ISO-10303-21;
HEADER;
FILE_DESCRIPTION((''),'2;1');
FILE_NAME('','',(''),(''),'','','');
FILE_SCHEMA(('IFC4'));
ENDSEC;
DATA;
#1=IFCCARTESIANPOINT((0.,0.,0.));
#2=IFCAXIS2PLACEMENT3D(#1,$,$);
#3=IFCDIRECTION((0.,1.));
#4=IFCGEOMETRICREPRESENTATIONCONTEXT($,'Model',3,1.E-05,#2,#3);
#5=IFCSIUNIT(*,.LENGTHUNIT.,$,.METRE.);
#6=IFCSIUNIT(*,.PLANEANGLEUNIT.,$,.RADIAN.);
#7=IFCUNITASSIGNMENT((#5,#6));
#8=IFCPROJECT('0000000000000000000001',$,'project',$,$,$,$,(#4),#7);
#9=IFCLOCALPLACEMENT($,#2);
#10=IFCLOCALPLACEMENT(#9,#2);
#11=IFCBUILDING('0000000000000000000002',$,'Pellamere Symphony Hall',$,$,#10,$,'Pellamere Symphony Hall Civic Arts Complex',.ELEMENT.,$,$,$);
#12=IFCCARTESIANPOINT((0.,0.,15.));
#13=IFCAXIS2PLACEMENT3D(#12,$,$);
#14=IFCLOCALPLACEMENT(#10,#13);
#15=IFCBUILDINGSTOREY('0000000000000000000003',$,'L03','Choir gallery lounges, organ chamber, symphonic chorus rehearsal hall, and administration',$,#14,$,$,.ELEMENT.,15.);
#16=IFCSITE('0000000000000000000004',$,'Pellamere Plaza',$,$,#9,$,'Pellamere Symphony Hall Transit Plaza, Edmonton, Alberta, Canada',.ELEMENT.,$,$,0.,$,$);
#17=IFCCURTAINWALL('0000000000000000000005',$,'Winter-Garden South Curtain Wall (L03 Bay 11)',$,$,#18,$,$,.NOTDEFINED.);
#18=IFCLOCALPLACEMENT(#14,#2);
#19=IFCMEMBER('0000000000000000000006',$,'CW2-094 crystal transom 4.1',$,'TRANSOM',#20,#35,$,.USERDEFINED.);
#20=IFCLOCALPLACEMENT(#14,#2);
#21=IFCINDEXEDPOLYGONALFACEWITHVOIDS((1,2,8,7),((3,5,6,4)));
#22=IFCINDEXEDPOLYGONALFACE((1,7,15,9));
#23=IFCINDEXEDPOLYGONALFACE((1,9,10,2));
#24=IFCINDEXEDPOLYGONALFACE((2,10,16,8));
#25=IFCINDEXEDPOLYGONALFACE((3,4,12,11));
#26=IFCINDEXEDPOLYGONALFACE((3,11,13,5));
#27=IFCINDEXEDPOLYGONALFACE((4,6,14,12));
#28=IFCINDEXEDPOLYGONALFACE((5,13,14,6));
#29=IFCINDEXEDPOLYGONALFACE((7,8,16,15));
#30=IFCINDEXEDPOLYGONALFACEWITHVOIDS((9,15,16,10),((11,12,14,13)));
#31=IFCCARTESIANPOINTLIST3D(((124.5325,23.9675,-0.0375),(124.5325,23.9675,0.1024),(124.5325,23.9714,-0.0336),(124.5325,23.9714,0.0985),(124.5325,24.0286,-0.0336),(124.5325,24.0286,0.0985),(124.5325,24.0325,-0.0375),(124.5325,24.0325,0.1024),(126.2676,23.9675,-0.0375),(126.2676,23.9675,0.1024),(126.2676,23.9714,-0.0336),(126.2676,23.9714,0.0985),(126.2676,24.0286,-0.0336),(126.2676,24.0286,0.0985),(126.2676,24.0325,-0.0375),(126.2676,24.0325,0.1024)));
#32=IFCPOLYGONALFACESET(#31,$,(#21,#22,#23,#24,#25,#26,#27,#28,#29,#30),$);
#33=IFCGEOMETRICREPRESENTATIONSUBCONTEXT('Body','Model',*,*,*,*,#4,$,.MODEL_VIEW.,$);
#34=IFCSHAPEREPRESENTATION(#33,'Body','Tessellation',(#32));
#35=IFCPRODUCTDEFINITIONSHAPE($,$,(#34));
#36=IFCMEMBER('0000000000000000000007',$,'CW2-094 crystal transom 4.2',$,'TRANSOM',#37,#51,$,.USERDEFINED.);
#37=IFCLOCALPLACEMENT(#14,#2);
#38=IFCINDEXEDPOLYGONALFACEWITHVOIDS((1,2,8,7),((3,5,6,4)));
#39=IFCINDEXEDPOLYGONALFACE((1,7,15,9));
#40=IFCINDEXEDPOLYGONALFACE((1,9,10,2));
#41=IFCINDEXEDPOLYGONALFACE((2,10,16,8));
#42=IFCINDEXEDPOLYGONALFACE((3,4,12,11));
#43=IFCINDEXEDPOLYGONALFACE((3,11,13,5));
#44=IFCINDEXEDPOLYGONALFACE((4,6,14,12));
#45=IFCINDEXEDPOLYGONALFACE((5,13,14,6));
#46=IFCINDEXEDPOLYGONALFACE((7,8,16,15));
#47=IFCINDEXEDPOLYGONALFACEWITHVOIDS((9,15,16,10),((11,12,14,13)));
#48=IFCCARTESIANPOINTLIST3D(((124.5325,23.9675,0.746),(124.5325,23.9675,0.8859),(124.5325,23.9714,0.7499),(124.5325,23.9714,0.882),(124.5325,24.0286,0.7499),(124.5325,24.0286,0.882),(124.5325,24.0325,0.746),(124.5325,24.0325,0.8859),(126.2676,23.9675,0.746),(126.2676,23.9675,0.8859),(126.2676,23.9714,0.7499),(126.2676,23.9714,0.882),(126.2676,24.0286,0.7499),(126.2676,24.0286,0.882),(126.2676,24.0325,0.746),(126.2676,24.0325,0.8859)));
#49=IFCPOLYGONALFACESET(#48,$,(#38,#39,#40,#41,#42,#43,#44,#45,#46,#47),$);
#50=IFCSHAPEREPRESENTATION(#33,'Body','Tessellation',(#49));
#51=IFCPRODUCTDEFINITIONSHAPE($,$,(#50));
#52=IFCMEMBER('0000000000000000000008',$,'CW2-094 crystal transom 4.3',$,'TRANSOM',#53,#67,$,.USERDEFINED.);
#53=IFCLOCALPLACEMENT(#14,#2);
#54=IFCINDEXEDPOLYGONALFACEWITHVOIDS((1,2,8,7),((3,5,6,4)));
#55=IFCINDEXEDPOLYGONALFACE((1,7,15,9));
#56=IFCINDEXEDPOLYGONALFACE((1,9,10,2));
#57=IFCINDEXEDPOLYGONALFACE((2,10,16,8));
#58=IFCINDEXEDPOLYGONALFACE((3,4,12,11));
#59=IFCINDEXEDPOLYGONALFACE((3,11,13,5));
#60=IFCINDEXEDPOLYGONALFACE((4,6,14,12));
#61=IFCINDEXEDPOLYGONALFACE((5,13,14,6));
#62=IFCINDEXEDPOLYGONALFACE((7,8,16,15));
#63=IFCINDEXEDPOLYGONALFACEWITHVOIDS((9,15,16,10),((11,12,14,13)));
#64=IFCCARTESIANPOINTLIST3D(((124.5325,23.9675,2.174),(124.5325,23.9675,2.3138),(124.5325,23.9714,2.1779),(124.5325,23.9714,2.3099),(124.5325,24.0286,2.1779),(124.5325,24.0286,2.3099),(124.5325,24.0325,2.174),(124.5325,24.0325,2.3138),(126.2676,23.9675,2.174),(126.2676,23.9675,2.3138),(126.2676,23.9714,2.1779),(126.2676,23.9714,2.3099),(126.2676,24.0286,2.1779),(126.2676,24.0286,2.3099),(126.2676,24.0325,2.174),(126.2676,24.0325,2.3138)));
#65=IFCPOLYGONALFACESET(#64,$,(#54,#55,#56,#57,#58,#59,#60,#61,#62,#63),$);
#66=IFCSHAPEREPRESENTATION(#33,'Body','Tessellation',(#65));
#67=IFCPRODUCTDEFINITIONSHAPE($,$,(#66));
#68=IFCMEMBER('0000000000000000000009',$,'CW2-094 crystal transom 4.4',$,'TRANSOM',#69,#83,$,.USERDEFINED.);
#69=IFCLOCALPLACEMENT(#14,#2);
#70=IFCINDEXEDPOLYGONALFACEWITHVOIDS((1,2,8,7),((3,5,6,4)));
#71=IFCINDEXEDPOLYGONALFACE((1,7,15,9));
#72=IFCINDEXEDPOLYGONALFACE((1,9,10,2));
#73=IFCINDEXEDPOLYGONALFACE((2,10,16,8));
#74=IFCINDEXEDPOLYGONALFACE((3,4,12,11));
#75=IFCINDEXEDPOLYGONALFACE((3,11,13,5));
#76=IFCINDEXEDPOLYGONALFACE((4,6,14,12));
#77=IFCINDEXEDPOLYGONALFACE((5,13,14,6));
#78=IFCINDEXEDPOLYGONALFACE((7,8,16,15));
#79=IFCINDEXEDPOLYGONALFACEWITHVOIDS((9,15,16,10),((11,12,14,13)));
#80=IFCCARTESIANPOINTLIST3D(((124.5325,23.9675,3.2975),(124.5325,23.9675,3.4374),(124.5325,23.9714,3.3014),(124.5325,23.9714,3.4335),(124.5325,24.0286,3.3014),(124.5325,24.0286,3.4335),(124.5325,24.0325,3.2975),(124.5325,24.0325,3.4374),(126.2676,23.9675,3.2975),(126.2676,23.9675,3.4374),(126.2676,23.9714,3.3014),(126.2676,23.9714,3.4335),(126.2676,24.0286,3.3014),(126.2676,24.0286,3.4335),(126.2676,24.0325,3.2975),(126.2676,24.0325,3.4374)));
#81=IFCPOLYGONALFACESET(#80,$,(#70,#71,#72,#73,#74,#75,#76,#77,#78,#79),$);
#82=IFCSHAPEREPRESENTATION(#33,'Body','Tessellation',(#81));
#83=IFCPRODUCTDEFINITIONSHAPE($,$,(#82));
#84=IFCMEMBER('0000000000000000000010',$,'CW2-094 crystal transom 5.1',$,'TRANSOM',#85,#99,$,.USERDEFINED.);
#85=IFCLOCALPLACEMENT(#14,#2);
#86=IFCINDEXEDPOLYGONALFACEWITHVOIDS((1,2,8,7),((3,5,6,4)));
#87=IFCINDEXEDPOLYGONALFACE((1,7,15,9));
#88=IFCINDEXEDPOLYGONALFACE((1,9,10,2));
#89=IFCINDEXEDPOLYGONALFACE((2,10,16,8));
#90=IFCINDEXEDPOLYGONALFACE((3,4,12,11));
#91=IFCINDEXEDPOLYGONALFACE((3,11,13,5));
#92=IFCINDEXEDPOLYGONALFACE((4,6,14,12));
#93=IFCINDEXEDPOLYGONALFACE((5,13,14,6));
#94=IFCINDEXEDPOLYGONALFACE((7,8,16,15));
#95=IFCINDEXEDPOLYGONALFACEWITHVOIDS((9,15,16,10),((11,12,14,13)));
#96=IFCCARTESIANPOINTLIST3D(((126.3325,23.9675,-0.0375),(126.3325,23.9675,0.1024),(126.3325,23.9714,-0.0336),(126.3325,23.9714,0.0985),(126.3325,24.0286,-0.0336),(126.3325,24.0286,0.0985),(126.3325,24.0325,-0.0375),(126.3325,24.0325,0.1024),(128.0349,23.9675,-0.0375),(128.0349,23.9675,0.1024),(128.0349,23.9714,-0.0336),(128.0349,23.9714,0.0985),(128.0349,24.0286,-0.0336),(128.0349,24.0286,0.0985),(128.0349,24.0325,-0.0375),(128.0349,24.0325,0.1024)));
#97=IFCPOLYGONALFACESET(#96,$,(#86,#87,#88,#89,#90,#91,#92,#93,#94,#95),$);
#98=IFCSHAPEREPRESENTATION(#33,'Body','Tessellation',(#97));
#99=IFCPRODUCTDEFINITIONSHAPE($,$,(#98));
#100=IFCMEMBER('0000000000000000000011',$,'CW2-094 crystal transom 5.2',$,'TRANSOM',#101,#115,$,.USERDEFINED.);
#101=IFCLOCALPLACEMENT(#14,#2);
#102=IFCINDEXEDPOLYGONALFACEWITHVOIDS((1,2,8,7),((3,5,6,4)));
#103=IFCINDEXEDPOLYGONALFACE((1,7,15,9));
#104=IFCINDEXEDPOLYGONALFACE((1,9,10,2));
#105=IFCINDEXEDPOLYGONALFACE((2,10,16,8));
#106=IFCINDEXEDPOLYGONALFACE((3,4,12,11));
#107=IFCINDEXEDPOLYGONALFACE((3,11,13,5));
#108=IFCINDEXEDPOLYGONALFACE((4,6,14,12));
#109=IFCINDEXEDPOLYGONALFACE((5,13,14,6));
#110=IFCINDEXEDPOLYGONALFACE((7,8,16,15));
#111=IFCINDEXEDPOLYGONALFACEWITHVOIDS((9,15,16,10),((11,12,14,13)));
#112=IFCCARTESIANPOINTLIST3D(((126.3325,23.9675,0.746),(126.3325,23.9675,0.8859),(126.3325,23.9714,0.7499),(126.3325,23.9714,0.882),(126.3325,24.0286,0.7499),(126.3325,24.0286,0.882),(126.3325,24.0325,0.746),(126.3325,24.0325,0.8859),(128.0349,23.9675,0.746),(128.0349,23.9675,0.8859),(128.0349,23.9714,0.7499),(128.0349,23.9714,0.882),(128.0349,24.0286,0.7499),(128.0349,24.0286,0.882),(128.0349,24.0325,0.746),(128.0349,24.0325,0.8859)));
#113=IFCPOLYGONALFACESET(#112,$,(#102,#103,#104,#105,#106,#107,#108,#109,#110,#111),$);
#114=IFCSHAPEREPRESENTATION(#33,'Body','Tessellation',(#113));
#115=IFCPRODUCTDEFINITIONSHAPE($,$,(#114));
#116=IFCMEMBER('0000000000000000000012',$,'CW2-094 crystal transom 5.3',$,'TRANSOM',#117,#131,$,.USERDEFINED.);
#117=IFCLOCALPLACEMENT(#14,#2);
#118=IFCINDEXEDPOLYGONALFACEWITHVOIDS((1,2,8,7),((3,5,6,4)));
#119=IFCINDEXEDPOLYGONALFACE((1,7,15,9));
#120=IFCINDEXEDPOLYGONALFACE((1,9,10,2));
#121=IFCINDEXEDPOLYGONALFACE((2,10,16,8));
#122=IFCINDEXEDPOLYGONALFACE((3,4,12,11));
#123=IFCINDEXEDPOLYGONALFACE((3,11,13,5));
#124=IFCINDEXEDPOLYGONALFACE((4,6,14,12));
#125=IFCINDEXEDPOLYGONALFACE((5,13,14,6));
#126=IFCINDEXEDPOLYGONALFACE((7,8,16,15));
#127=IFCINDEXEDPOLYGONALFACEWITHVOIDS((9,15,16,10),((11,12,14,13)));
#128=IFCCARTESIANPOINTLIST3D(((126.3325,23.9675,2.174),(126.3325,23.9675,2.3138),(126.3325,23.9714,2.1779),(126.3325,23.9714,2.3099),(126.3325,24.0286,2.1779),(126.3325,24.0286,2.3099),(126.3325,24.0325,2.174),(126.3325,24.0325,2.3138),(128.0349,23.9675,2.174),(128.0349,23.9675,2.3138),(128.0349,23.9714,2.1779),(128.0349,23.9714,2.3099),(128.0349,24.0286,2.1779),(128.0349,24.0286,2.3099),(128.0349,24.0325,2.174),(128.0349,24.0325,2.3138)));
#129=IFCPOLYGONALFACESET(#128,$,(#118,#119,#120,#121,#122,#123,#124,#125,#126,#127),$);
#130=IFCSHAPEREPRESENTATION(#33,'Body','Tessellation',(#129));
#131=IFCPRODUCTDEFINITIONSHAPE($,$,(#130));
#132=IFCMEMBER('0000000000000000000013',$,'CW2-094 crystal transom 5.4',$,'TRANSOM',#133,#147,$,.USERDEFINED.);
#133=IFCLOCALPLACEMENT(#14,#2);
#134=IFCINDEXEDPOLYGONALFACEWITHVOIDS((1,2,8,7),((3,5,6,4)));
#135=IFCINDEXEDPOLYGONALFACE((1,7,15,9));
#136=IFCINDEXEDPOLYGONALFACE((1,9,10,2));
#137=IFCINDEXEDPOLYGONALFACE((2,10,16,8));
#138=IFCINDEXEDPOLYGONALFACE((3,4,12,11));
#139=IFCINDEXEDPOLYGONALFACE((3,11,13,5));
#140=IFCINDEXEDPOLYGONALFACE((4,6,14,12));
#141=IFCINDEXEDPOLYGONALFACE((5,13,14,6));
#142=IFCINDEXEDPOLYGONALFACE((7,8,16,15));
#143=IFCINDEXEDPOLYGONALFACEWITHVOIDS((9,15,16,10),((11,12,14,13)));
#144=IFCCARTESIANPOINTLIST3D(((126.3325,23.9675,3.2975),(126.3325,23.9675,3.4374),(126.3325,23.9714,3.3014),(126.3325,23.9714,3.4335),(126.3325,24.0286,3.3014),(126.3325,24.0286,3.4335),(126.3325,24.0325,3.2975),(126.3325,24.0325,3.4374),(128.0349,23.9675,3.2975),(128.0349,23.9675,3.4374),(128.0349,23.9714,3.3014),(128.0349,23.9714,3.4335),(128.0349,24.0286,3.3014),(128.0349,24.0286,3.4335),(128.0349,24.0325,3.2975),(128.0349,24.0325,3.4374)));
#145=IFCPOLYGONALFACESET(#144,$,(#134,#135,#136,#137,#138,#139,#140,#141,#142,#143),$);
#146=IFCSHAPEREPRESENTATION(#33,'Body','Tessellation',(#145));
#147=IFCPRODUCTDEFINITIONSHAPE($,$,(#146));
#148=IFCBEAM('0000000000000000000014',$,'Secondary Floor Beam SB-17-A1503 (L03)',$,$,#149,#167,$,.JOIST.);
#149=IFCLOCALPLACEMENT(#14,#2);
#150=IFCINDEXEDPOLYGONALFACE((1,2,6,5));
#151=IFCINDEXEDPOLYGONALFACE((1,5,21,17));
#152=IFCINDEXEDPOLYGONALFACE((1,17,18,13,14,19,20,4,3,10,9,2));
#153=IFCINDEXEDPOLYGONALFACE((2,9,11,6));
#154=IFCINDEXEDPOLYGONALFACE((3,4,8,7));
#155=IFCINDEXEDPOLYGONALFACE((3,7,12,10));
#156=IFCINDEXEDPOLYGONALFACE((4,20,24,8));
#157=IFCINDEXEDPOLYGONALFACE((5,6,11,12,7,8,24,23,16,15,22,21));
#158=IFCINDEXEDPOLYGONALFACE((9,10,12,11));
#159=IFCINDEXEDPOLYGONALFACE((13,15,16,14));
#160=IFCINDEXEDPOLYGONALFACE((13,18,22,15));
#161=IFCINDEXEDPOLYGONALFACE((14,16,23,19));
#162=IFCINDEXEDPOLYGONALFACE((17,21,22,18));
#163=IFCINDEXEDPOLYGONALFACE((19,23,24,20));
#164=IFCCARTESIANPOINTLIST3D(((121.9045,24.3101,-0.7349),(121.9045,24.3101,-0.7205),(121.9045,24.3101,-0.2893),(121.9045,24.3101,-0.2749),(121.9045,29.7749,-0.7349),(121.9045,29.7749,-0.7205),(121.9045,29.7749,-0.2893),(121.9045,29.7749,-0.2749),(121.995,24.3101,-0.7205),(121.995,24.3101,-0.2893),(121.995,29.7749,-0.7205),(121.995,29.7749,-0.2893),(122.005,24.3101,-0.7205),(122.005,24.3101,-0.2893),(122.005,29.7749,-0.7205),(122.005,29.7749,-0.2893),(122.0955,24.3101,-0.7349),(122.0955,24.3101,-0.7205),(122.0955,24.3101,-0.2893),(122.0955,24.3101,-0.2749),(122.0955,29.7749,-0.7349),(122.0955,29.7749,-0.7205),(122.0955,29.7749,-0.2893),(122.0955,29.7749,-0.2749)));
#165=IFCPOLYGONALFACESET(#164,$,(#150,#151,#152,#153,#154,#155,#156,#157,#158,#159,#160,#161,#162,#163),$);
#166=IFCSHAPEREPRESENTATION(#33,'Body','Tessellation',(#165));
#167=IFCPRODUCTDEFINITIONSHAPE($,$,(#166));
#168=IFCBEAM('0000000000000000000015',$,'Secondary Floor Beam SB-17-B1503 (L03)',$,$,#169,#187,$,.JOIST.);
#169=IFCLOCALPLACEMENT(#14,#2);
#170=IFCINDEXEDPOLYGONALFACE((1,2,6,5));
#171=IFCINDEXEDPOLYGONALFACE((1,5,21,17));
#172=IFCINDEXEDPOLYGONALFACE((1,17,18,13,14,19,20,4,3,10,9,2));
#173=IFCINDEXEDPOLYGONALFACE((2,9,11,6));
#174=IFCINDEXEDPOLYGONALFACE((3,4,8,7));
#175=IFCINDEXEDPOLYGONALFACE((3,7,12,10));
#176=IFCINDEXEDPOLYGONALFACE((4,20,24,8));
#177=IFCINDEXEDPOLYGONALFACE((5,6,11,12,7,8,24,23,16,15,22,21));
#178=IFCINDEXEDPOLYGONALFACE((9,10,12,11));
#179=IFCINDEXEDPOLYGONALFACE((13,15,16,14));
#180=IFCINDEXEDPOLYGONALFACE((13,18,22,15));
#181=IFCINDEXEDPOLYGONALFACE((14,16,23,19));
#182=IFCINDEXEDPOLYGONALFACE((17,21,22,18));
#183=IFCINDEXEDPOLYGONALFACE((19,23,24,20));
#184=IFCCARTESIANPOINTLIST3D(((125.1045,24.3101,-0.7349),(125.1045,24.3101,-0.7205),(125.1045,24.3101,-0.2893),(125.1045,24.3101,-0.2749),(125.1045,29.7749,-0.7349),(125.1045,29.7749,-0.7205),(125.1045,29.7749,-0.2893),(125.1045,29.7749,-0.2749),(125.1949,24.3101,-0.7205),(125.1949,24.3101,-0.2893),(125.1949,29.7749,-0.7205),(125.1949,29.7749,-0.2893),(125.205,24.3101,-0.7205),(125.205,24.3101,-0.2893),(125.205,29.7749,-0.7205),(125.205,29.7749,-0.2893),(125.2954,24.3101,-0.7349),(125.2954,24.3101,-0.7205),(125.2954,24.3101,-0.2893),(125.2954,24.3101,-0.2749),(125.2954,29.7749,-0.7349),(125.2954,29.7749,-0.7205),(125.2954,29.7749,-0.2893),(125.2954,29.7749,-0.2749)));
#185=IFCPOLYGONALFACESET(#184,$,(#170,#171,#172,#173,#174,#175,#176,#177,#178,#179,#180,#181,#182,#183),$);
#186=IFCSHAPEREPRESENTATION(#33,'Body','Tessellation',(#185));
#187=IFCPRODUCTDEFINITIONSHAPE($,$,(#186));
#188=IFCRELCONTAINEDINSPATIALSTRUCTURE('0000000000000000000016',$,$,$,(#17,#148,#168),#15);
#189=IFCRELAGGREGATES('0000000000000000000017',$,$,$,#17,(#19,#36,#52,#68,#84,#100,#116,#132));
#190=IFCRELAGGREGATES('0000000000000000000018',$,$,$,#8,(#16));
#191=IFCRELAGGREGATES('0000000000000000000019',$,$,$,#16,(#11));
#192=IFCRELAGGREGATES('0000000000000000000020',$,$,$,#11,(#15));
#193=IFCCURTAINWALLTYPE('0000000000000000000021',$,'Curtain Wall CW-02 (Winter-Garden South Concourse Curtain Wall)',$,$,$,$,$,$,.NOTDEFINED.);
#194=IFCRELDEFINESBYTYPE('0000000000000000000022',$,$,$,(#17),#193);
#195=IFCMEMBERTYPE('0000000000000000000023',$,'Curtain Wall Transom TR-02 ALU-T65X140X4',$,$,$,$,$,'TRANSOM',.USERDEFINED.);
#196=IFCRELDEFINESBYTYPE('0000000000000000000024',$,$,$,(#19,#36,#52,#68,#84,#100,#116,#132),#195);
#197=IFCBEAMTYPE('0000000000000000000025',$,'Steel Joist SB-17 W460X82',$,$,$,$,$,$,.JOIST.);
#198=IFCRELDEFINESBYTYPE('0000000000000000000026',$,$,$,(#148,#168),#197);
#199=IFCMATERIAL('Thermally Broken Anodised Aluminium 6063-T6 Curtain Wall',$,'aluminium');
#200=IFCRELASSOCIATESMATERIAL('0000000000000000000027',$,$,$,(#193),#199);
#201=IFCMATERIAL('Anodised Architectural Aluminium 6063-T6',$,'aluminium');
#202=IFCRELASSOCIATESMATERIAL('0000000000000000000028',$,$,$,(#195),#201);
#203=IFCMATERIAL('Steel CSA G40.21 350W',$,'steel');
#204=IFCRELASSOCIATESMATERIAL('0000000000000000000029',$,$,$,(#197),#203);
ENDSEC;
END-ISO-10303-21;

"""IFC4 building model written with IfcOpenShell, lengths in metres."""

from ifc_helpers import new_model, si_unit, direction, frame, origin, origin_2d, place, context, subcontext, project, spatial, hollow_rectangle, i_section, extrude, material, material_profile, profile_set, type_object, element, aggregate, save


model = new_model("IFC4")

# Units and contexts
model_context = context("Model", 3, precision=1e-05, world=origin(), true_north=direction((0.0, 1.0)))
body_context = subcontext(model_context, "Body", "Model", "MODEL_VIEW")
ifc_project = project(units=[si_unit("LENGTHUNIT", "METRE"), si_unit("PLANEANGLEUNIT", "RADIAN")], contexts=[model_context])

# Site, building, storey
site_placement = place(None, origin())
site = spatial("IfcSite", under=ifc_project, at=site_placement, Name="Pellamere Plaza", LongName="Pellamere Symphony Hall Transit Plaza, Edmonton, Alberta, Canada", CompositionType="ELEMENT", RefElevation=0.0)
building_placement = place(site_placement, origin())
building = spatial("IfcBuilding", under=site, at=building_placement, Name="Pellamere Symphony Hall", LongName="Pellamere Symphony Hall Civic Arts Complex", CompositionType="ELEMENT")
storey_placement = place(building_placement, frame((0.0, 0.0, 15.0)))
storey = spatial("IfcBuildingStorey", under=building, at=storey_placement, Name="L03", Description="Choir gallery lounges, organ chamber, symphonic chorus rehearsal hall, and administration", CompositionType="ELEMENT", Elevation=15.0)

# Curtain wall
ifc_material_1 = material(Name="Thermally Broken Anodised Aluminium 6063-T6 Curtain Wall", Category="aluminium")
curtain_wall_type_1 = type_object("IfcCurtainWallType", Name="Curtain Wall CW-02 (Winter-Garden South Concourse Curtain Wall)", PredefinedType="NOTDEFINED", material=ifc_material_1)
curtain_wall_1_placement = place(storey_placement, origin())
curtain_wall_1 = element("IfcCurtainWall", 1, at=curtain_wall_1_placement, inside=storey, type_object=curtain_wall_type_1, Name="Winter-Garden South Curtain Wall (L03 Bay 11)", PredefinedType="NOTDEFINED")
ifc_material_2 = material(Name="Anodised Architectural Aluminium 6063-T6", Category="aluminium")

# Members
ifc_material_profile_1 = material_profile(ifc_material_2, hollow_rectangle(XDim=0.0649, YDim=0.1399, WallThickness=0.0039, at=origin_2d()), Name="ALU-T65X140X4")
ifc_profile_set_1 = profile_set([ifc_material_profile_1], Name="Anodised Architectural Aluminium 6063-T6")
member_type_1 = type_object("IfcMemberType", Name="Curtain Wall Transom TR-02 ALU-T65X140X4", ElementType="TRANSOM", PredefinedType="USERDEFINED", material=ifc_profile_set_1)
member_1_placement = place(storey_placement, frame((124.5325, 24.0, 0.0325), z_axis=(1.0, 0.0, 0.0), x_axis=(0.0, 1.0, 0.0)))
member_1 = element("IfcMember", 2, at=member_1_placement, type_object=member_type_1, Name="CW2-094 crystal transom 4.1", ObjectType="TRANSOM", PredefinedType="USERDEFINED", context=body_context, shape_type="SweptSolid", body=[
    extrude(hollow_rectangle(XDim=0.0649, YDim=0.1399, WallThickness=0.0039, at=origin_2d()), origin(), (0.0, 0.0, 1.0), 1.7351),
])
member_2_placement = place(storey_placement, frame((124.5325, 24.0, 0.8159), z_axis=(1.0, 0.0, 0.0), x_axis=(0.0, 1.0, 0.0)))
member_2 = element("IfcMember", 3, at=member_2_placement, type_object=member_type_1, Name="CW2-094 crystal transom 4.2", ObjectType="TRANSOM", PredefinedType="USERDEFINED", context=body_context, shape_type="SweptSolid", body=[
    extrude(hollow_rectangle(XDim=0.0649, YDim=0.1399, WallThickness=0.0039, at=origin_2d()), origin(), (0.0, 0.0, 1.0), 1.7351),
])
member_3_placement = place(storey_placement, frame((124.5325, 24.0, 2.2439), z_axis=(1.0, 0.0, 0.0), x_axis=(0.0, 1.0, 0.0)))
member_3 = element("IfcMember", 4, at=member_3_placement, type_object=member_type_1, Name="CW2-094 crystal transom 4.3", ObjectType="TRANSOM", PredefinedType="USERDEFINED", context=body_context, shape_type="SweptSolid", body=[
    extrude(hollow_rectangle(XDim=0.0649, YDim=0.1399, WallThickness=0.0039, at=origin_2d()), origin(), (0.0, 0.0, 1.0), 1.7351),
])
member_4_placement = place(storey_placement, frame((124.5325, 24.0, 3.3674), z_axis=(1.0, 0.0, 0.0), x_axis=(0.0, 1.0, 0.0)))
member_4 = element("IfcMember", 5, at=member_4_placement, type_object=member_type_1, Name="CW2-094 crystal transom 4.4", ObjectType="TRANSOM", PredefinedType="USERDEFINED", context=body_context, shape_type="SweptSolid", body=[
    extrude(hollow_rectangle(XDim=0.0649, YDim=0.1399, WallThickness=0.0039, at=origin_2d()), origin(), (0.0, 0.0, 1.0), 1.7351),
])
member_5_placement = place(storey_placement, frame((126.3325, 24.0, 0.0325), z_axis=(1.0, 0.0, 0.0), x_axis=(0.0, 1.0, 0.0)))
member_5 = element("IfcMember", 6, at=member_5_placement, type_object=member_type_1, Name="CW2-094 crystal transom 5.1", ObjectType="TRANSOM", PredefinedType="USERDEFINED", context=body_context, shape_type="SweptSolid", body=[
    extrude(hollow_rectangle(XDim=0.0649, YDim=0.1399, WallThickness=0.0039, at=origin_2d()), origin(), (0.0, 0.0, 1.0), 1.7024),
])
member_6_placement = place(storey_placement, frame((126.3325, 24.0, 0.8159), z_axis=(1.0, 0.0, 0.0), x_axis=(0.0, 1.0, 0.0)))
member_6 = element("IfcMember", 7, at=member_6_placement, type_object=member_type_1, Name="CW2-094 crystal transom 5.2", ObjectType="TRANSOM", PredefinedType="USERDEFINED", context=body_context, shape_type="SweptSolid", body=[
    extrude(hollow_rectangle(XDim=0.0649, YDim=0.1399, WallThickness=0.0039, at=origin_2d()), origin(), (0.0, 0.0, 1.0), 1.7024),
])
member_7_placement = place(storey_placement, frame((126.3325, 24.0, 2.2439), z_axis=(1.0, 0.0, 0.0), x_axis=(0.0, 1.0, 0.0)))
member_7 = element("IfcMember", 8, at=member_7_placement, type_object=member_type_1, Name="CW2-094 crystal transom 5.3", ObjectType="TRANSOM", PredefinedType="USERDEFINED", context=body_context, shape_type="SweptSolid", body=[
    extrude(hollow_rectangle(XDim=0.0649, YDim=0.1399, WallThickness=0.0039, at=origin_2d()), origin(), (0.0, 0.0, 1.0), 1.7024),
])
member_8_placement = place(storey_placement, frame((126.3325, 24.0, 3.3674), z_axis=(1.0, 0.0, 0.0), x_axis=(0.0, 1.0, 0.0)))
member_8 = element("IfcMember", 9, at=member_8_placement, type_object=member_type_1, Name="CW2-094 crystal transom 5.4", ObjectType="TRANSOM", PredefinedType="USERDEFINED", context=body_context, shape_type="SweptSolid", body=[
    extrude(hollow_rectangle(XDim=0.0649, YDim=0.1399, WallThickness=0.0039, at=origin_2d()), origin(), (0.0, 0.0, 1.0), 1.7024),
])

# Beams
ifc_material_3 = material(Name="Steel CSA G40.21 350W", Category="steel")
ifc_material_profile_2 = material_profile(ifc_material_3, i_section(OverallWidth=0.1909, OverallDepth=0.46, WebThickness=0.01, FlangeThickness=0.0144, at=origin_2d()), Name="W460X82")
ifc_profile_set_2 = profile_set([ifc_material_profile_2], Name="Steel CSA G40.21 350W")
beam_type_1 = type_object("IfcBeamType", Name="Steel Joist SB-17 W460X82", PredefinedType="JOIST", material=ifc_profile_set_2)
for number, where, z_axis, x_axis, name in (
    (10, (122.0, 24.3101, -0.5049), (0.0, 1.0, 0.0), (-1.0, 0.0, 0.0), "Secondary Floor Beam SB-17-A1503 (L03)"),
    (11, (125.2, 24.3101, -0.5049), (0.0, 1.0, 0.0), (-1.0, 0.0, 0.0), "Secondary Floor Beam SB-17-B1503 (L03)"),
):
    element("IfcBeam", number, at=place(storey_placement, frame(where, z_axis=z_axis, x_axis=x_axis)), inside=storey, type_object=beam_type_1, Name=name, PredefinedType="JOIST", context=body_context, shape_type="SweptSolid", body=[
        extrude(i_section(OverallWidth=0.1909, OverallDepth=0.46, WebThickness=0.01, FlangeThickness=0.0144, at=origin_2d()), origin(), (0.0, 0.0, 1.0), 5.4648),
    ])

aggregate(curtain_wall_1, [member_1, member_2, member_3, member_4, member_5, member_6, member_7, member_8])

save(model, "model.ifc")
